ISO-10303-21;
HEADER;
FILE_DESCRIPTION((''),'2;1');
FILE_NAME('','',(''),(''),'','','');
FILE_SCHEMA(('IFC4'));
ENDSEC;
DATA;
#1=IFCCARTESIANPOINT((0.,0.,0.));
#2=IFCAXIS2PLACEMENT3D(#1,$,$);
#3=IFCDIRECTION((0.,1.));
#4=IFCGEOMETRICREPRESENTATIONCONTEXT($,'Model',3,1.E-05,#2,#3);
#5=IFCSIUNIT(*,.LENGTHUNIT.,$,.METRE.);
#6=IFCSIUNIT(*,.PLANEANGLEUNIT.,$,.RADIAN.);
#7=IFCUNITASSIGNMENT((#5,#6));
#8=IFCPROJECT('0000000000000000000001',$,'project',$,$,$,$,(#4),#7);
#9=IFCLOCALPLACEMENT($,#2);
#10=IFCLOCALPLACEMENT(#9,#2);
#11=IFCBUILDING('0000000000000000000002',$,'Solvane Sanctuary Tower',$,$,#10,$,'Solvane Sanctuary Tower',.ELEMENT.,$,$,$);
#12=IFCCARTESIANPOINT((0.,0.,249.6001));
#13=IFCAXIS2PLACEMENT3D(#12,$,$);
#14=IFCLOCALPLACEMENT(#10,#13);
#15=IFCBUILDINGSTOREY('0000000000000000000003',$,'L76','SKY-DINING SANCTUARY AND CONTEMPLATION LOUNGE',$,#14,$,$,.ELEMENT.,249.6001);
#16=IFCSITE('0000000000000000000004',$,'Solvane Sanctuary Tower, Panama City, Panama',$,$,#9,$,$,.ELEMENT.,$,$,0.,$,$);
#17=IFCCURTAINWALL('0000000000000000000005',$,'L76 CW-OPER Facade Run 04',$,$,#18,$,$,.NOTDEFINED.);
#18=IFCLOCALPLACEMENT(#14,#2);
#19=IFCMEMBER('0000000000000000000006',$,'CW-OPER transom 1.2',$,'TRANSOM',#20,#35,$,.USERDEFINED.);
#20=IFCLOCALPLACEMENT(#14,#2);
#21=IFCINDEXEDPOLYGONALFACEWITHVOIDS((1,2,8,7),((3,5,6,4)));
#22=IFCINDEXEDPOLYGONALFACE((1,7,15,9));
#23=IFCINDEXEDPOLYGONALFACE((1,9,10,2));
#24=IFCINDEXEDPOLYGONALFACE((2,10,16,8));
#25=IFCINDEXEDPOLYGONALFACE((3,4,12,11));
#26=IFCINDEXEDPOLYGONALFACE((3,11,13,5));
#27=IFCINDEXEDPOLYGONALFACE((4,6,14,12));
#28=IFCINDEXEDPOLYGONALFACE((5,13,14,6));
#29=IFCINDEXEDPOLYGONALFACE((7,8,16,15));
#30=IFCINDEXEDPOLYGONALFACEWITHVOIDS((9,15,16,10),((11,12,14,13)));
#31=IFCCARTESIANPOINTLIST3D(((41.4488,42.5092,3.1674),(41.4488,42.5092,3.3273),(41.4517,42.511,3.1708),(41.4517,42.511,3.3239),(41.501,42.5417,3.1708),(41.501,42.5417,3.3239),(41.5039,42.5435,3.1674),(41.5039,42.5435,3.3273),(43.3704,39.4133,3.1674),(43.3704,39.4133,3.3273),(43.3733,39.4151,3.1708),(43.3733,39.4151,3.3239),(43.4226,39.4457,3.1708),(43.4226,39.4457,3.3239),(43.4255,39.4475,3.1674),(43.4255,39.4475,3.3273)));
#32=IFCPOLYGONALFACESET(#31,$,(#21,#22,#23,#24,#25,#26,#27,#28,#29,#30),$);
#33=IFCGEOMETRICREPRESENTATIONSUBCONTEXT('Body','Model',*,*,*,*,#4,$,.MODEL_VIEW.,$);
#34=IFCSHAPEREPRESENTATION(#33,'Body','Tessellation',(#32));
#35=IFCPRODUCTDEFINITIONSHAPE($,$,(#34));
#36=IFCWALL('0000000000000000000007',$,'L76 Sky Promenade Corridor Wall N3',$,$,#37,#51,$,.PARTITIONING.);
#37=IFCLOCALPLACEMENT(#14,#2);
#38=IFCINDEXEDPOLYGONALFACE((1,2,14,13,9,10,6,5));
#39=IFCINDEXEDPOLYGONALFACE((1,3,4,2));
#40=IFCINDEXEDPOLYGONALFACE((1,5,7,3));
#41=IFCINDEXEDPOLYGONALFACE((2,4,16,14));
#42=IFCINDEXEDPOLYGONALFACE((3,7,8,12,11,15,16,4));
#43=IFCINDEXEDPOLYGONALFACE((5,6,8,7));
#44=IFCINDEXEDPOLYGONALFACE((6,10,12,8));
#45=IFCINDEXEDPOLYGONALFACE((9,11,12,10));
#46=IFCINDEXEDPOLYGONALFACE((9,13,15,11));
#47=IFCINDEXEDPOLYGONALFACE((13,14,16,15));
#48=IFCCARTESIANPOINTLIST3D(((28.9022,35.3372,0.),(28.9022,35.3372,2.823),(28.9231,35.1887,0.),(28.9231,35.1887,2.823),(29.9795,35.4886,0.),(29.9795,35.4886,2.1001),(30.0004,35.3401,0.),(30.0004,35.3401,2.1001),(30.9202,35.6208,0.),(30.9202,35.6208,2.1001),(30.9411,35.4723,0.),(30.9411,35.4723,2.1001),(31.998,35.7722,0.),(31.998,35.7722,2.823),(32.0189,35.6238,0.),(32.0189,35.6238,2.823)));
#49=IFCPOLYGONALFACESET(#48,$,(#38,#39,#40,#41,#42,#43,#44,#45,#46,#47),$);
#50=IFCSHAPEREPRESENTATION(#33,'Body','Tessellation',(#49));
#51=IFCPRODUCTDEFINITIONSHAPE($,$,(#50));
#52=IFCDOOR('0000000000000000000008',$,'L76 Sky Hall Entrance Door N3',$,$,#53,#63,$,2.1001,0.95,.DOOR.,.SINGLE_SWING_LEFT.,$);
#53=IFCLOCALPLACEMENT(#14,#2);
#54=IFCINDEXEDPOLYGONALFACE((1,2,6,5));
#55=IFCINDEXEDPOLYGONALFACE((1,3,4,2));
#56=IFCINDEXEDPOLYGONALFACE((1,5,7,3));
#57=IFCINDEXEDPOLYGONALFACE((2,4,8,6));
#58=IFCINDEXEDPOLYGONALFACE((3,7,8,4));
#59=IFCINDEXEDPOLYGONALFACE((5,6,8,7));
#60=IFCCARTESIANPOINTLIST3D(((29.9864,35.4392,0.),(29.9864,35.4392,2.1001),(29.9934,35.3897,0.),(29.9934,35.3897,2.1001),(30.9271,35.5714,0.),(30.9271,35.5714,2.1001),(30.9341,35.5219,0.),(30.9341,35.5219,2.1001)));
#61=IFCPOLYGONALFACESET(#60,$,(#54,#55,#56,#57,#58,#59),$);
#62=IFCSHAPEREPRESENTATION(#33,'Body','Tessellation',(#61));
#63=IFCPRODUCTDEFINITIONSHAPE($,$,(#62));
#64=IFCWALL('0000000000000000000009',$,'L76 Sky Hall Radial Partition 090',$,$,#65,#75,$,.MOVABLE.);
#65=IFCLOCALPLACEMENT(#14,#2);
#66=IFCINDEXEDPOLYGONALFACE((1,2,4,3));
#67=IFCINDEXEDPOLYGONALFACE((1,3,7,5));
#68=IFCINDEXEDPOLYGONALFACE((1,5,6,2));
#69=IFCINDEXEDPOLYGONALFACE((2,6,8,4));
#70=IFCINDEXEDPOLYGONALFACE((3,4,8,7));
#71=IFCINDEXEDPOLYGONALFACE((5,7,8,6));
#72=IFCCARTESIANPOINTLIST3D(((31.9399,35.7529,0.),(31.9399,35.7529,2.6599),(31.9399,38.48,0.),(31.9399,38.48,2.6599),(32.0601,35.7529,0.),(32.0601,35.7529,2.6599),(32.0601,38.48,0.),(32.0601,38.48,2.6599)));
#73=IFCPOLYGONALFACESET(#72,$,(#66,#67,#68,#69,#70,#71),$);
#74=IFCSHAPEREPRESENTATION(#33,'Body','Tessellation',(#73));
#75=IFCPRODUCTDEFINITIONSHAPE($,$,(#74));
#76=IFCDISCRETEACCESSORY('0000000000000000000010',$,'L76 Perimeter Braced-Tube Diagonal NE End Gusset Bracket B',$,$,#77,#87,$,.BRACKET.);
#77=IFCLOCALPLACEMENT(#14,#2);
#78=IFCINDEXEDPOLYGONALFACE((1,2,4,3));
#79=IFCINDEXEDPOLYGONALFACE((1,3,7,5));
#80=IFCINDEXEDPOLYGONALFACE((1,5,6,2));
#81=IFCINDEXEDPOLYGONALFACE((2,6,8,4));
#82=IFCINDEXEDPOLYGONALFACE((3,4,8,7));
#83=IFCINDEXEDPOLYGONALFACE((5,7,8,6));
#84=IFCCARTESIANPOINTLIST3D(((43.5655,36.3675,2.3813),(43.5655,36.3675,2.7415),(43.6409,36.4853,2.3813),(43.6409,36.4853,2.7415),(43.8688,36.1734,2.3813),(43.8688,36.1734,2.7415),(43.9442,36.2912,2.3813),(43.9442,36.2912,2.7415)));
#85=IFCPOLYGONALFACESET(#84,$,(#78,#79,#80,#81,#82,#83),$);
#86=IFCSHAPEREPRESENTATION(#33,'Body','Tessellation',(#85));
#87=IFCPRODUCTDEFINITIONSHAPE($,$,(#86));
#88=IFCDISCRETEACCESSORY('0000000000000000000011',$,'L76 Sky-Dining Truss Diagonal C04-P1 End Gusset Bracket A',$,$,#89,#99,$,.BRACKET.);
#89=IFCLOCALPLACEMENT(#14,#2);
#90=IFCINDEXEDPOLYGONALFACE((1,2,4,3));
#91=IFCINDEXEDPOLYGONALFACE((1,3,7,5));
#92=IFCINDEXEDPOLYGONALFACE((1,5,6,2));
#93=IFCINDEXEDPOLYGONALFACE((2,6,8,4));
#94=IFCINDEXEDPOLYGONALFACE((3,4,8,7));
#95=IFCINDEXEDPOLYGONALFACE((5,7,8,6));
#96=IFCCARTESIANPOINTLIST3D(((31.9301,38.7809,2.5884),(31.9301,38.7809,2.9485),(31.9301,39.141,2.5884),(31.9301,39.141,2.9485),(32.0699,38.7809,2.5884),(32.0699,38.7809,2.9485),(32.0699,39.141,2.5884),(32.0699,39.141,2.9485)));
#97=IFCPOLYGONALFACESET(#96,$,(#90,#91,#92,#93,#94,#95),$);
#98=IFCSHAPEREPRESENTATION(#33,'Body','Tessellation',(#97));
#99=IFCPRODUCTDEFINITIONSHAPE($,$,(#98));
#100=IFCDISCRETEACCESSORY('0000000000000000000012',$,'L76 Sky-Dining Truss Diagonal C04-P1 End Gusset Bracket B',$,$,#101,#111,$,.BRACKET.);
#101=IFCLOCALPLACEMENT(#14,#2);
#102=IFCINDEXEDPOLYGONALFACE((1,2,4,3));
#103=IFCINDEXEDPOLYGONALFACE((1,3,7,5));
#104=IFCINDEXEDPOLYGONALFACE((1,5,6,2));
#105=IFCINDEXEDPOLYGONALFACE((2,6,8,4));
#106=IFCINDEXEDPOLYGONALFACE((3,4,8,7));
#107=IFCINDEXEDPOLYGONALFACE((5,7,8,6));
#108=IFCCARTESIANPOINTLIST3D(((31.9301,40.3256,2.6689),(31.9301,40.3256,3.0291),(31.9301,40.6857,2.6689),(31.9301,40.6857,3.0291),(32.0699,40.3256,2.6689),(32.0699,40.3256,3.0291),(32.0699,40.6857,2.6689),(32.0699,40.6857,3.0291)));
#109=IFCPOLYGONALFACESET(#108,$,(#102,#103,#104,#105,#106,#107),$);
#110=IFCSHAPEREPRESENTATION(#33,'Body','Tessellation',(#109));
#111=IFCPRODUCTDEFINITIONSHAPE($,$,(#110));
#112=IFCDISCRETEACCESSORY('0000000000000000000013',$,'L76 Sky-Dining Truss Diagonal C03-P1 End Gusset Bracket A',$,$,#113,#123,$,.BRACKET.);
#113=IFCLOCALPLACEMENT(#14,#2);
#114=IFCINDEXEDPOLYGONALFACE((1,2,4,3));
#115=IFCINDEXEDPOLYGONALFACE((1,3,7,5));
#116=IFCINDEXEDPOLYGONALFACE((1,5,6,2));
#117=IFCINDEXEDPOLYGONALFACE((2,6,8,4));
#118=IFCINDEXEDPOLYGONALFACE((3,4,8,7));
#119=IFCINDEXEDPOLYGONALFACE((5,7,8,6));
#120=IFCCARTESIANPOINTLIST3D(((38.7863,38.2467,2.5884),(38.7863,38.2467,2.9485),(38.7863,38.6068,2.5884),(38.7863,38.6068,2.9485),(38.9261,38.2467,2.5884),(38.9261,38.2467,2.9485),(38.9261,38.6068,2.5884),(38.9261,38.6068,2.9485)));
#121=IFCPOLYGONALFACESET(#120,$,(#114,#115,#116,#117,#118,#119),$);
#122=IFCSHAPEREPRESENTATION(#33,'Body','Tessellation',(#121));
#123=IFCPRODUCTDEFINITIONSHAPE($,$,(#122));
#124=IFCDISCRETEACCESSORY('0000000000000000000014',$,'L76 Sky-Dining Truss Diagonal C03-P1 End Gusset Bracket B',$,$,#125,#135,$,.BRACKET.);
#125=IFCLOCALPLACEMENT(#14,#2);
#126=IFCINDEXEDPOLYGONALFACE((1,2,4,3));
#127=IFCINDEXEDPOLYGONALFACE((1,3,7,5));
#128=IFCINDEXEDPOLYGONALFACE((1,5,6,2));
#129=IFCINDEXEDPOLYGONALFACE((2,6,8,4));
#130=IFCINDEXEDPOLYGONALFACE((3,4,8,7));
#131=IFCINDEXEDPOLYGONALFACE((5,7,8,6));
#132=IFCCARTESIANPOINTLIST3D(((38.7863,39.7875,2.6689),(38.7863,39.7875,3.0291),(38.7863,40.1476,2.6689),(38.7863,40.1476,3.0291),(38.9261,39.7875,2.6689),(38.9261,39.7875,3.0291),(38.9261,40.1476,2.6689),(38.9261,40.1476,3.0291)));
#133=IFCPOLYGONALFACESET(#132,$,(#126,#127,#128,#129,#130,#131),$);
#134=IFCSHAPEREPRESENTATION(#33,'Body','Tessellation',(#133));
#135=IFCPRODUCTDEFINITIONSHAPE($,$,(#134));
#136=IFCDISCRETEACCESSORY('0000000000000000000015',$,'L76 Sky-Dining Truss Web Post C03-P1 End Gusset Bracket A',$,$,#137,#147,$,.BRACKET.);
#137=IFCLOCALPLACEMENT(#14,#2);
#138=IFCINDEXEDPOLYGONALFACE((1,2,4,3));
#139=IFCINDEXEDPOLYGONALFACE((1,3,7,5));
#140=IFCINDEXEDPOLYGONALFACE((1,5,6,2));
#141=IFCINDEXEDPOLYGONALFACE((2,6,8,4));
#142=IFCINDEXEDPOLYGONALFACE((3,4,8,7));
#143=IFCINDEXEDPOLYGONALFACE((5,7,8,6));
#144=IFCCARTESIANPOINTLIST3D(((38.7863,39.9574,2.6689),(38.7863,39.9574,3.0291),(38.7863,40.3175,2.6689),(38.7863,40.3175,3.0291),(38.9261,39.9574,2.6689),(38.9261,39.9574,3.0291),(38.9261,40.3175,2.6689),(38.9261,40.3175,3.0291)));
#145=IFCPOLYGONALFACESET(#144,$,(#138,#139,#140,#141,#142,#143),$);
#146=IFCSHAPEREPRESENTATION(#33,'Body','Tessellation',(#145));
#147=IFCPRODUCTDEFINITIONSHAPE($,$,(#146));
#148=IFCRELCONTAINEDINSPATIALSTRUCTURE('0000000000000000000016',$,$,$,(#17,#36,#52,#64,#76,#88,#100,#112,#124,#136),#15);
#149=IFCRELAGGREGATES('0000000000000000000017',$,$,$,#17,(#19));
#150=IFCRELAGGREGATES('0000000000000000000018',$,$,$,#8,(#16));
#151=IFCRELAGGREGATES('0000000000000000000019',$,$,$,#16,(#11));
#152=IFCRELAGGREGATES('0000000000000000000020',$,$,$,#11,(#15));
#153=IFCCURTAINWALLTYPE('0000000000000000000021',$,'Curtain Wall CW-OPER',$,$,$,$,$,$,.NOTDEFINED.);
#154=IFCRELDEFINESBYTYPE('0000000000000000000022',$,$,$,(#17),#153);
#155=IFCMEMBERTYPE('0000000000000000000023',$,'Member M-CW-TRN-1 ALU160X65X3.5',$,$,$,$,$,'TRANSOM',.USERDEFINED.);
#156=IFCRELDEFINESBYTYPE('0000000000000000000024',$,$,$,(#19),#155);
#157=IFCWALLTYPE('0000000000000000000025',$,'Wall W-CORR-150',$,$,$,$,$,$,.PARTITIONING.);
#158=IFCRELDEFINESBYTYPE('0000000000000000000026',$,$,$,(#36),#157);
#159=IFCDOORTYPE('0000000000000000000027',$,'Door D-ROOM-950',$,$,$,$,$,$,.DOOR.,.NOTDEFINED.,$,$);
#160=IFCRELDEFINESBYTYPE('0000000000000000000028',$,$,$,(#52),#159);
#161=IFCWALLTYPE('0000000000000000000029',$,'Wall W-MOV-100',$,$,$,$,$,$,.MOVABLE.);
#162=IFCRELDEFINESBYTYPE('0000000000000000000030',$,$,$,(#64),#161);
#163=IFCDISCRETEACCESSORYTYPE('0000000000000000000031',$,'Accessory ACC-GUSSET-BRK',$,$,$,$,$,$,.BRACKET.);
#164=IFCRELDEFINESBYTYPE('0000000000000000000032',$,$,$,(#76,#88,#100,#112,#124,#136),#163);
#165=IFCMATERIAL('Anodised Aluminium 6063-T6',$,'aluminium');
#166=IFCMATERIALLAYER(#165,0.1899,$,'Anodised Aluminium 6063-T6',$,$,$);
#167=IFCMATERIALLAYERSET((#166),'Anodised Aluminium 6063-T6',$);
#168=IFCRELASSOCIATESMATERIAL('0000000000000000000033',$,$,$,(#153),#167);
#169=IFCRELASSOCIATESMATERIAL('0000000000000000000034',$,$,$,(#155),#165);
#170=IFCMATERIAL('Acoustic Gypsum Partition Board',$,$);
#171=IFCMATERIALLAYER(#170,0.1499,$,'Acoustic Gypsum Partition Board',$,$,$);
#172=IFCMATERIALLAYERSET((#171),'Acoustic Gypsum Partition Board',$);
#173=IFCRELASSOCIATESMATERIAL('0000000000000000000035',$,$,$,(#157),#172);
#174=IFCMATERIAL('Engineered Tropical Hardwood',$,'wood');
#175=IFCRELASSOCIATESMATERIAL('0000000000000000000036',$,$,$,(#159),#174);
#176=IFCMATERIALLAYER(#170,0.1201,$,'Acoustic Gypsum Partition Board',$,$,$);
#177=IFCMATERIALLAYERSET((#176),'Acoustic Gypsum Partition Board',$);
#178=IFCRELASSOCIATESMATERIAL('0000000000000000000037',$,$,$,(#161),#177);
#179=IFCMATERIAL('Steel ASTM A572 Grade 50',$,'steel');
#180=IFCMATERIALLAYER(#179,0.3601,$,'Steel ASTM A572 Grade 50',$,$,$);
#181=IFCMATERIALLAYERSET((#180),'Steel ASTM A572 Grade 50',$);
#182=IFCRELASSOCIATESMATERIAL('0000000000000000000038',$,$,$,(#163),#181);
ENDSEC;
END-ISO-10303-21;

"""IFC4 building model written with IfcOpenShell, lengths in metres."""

from ifc_helpers import new_model, si_unit, direction, frame, frame_2d, origin, origin_2d, place, context, subcontext, project, spatial, rectangle, hollow_rectangle, extrude, material, layer, layer_set, material_profile, profile_set, type_object, element, fill, aggregate, save


model = new_model("IFC4")

# Units and contexts
model_context = context("Model", 3, precision=1e-05, world=origin(), true_north=direction((0.0, 1.0)))
body_context = subcontext(model_context, "Body", "Model", "MODEL_VIEW")
ifc_project = project(units=[si_unit("LENGTHUNIT", "METRE"), si_unit("PLANEANGLEUNIT", "RADIAN")], contexts=[model_context])

# Site, building, storey
site_placement = place(None, origin())
site = spatial("IfcSite", under=ifc_project, at=site_placement, Name="Solvane Sanctuary Tower, Panama City, Panama", CompositionType="ELEMENT", RefElevation=0.0)
building_placement = place(site_placement, origin())
building = spatial("IfcBuilding", under=site, at=building_placement, Name="Solvane Sanctuary Tower", LongName="Solvane Sanctuary Tower", CompositionType="ELEMENT")
storey_placement = place(building_placement, frame((0.0, 0.0, 249.6001)))
storey = spatial("IfcBuildingStorey", under=building, at=storey_placement, Name="L76", Description="SKY-DINING SANCTUARY AND CONTEMPLATION LOUNGE", CompositionType="ELEMENT", Elevation=249.6001)

# Curtain wall, member
ifc_material_1 = material(Name="Anodised Aluminium 6063-T6", Category="aluminium")
ifc_layer_1 = layer(ifc_material_1, 0.1899, Name="Anodised Aluminium 6063-T6")
ifc_layer_set_1 = layer_set([ifc_layer_1], Name="Anodised Aluminium 6063-T6")
curtain_wall_type = type_object("IfcCurtainWallType", Name="Curtain Wall CW-OPER", PredefinedType="NOTDEFINED", material=ifc_layer_set_1)
curtain_wall_placement = place(storey_placement, origin())
curtain_wall = element("IfcCurtainWall", 1, at=curtain_wall_placement, inside=storey, type_object=curtain_wall_type, Name="L76 CW-OPER Facade Run 04", PredefinedType="NOTDEFINED")
ifc_material_profile_1 = material_profile(ifc_material_1, hollow_rectangle(XDim=0.0649, YDim=0.1599, WallThickness=0.0034, at=origin_2d()), Name="ALU160X65X3.5")
ifc_profile_set_1 = profile_set([ifc_material_profile_1], Name="Anodised Aluminium 6063-T6")
member_type_1 = type_object("IfcMemberType", Name="Member M-CW-TRN-1 ALU160X65X3.5", ElementType="TRANSOM", PredefinedType="USERDEFINED", material=ifc_profile_set_1)
member_1_placement = place(storey_placement, frame((43.3979, 39.4304, 3.2473), z_axis=(-0.527365, 0.849639, 0.0), x_axis=(-0.849639, -0.527365, 0.0)))
member_1 = element("IfcMember", 2, at=member_1_placement, type_object=member_type_1, Name="CW-OPER transom 1.2", ObjectType="TRANSOM", PredefinedType="USERDEFINED", context=body_context, shape_type="SweptSolid", body=[
    extrude(hollow_rectangle(XDim=0.0649, YDim=0.1599, WallThickness=0.0034, at=origin_2d()), origin(), (0.0, 0.0, 1.0), 3.6438),
])
aggregate(curtain_wall, [member_1])

# Wall, opening, door
ifc_material_2 = material(Name="Acoustic Gypsum Partition Board")
ifc_layer_2 = layer(ifc_material_2, 0.1499, Name="Acoustic Gypsum Partition Board")
ifc_layer_set_2 = layer_set([ifc_layer_2], Name="Acoustic Gypsum Partition Board")
wall_type_1 = type_object("IfcWallType", Name="Wall W-CORR-150", PredefinedType="PARTITIONING", material=ifc_layer_set_2)
wall_1_placement = place(storey_placement, frame((32.0083, 35.698, 0.0), z_axis=(0.0, 0.0, 1.0), x_axis=(-0.990269, -0.139169, 0.0)))
wall_1 = element("IfcWall", 3, at=wall_1_placement, inside=storey, type_object=wall_type_1, Name="L76 Sky Promenade Corridor Wall N3", PredefinedType="PARTITIONING", context=body_context, shape_type="SweptSolid", body=[
    extrude(rectangle(XDim=3.1262, YDim=0.1499, at=frame_2d((1.563, 0.0))), origin(), (0.0, 0.0, 1.0), 2.823),
])
opening_placement = place(wall_1_placement, frame((1.0881, 0.0, 0.0)))
opening = element("IfcOpeningElement", 4, at=opening_placement, cuts=wall_1, PredefinedType="OPENING", context=body_context, shape_type="SweptSolid", body=[
    extrude(rectangle(XDim=0.95, YDim=2.1001, at=frame_2d((0.4751, 1.05))), frame((0.0, 0.085, 0.0), z_axis=(0.0, -1.0, 0.0), x_axis=(1.0, 0.0, 0.0)), (0.0, 0.0, 1.0), 0.1699),
])
ifc_material_3 = material(Name="Engineered Tropical Hardwood", Category="wood")
door_type = type_object("IfcDoorType", Name="Door D-ROOM-950", OperationType="NOTDEFINED", PredefinedType="DOOR", material=ifc_material_3)
door_placement = place(opening_placement, origin())
door = element("IfcDoor", 5, at=door_placement, inside=storey, type_object=door_type, Name="L76 Sky Hall Entrance Door N3", OperationType="SINGLE_SWING_LEFT", OverallHeight=2.1001, OverallWidth=0.95, PredefinedType="DOOR", context=body_context, shape_type="SweptSolid", body=[
    extrude(rectangle(XDim=0.95, YDim=2.1001, at=frame_2d((0.4751, 1.05))), frame((0.0, 0.0249, 0.0), z_axis=(0.0, -1.0, 0.0), x_axis=(1.0, 0.0, 0.0)), (0.0, 0.0, 1.0), 0.05),
])
fill(opening, door)

# Wall
ifc_layer_3 = layer(ifc_material_2, 0.1201, Name="Acoustic Gypsum Partition Board")
ifc_layer_set_3 = layer_set([ifc_layer_3], Name="Acoustic Gypsum Partition Board")
wall_type_2 = type_object("IfcWallType", Name="Wall W-MOV-100", PredefinedType="MOVABLE", material=ifc_layer_set_3)
wall_2_placement = place(storey_placement, frame((32.0, 35.7529, 0.0), z_axis=(0.0, 0.0, 1.0), x_axis=(0.0, 1.0, 0.0)))
element("IfcWall", 6, at=wall_2_placement, inside=storey, type_object=wall_type_2, Name="L76 Sky Hall Radial Partition 090", PredefinedType="MOVABLE", context=body_context, shape_type="SweptSolid", body=[
    extrude(rectangle(XDim=2.7271, YDim=0.1201, at=frame_2d((1.3635, 0.0))), origin(), (0.0, 0.0, 1.0), 2.6599),
])

# Discrete accessories
ifc_material_4 = material(Name="Steel ASTM A572 Grade 50", Category="steel")
ifc_layer_4 = layer(ifc_material_4, 0.3601, Name="Steel ASTM A572 Grade 50")
ifc_layer_set_4 = layer_set([ifc_layer_4], Name="Steel ASTM A572 Grade 50")
discrete_accessory_type = type_object("IfcDiscreteAccessoryType", Name="Accessory ACC-GUSSET-BRK", PredefinedType="BRACKET", material=ifc_layer_set_4)
for number, where, z_axis, x_axis, name in (
    (7, (43.7549, 36.3293, 2.3813), (0.0, 0.0, 1.0), (-0.842264, 0.539065, 0.0), "L76 Perimeter Braced-Tube Diagonal NE End Gusset Bracket B"),
    (8, (32.0, 38.9609, 2.5884), (0.0, 0.0, 1.0), (0.0, 1.0, 0.0), "L76 Sky-Dining Truss Diagonal C04-P1 End Gusset Bracket A"),
    (9, (32.0, 40.5056, 2.6689), (0.0, 0.0, 1.0), (0.0, 1.0, 0.0), "L76 Sky-Dining Truss Diagonal C04-P1 End Gusset Bracket B"),
    (10, (38.8562, 38.4268, 2.5884), (0.0, 0.0, 1.0), (0.0, 1.0, 0.0), "L76 Sky-Dining Truss Diagonal C03-P1 End Gusset Bracket A"),
    (11, (38.8562, 39.9675, 2.6689), (0.0, 0.0, 1.0), (0.0, 1.0, 0.0), "L76 Sky-Dining Truss Diagonal C03-P1 End Gusset Bracket B"),
    (12, (38.8562, 40.1375, 2.6689), (0.0, 0.0, 1.0), (0.0, 1.0, 0.0), "L76 Sky-Dining Truss Web Post C03-P1 End Gusset Bracket A"),
):
    element("IfcDiscreteAccessory", number, at=place(storey_placement, frame(where, z_axis=z_axis, x_axis=x_axis)), inside=storey, type_object=discrete_accessory_type, Name=name, PredefinedType="BRACKET", context=body_context, shape_type="SweptSolid", body=[
        extrude(rectangle(XDim=0.3601, YDim=0.1399, at=origin_2d()), origin(), (0.0, 0.0, 1.0), 0.3601),
    ])

save(model, "model.ifc")
